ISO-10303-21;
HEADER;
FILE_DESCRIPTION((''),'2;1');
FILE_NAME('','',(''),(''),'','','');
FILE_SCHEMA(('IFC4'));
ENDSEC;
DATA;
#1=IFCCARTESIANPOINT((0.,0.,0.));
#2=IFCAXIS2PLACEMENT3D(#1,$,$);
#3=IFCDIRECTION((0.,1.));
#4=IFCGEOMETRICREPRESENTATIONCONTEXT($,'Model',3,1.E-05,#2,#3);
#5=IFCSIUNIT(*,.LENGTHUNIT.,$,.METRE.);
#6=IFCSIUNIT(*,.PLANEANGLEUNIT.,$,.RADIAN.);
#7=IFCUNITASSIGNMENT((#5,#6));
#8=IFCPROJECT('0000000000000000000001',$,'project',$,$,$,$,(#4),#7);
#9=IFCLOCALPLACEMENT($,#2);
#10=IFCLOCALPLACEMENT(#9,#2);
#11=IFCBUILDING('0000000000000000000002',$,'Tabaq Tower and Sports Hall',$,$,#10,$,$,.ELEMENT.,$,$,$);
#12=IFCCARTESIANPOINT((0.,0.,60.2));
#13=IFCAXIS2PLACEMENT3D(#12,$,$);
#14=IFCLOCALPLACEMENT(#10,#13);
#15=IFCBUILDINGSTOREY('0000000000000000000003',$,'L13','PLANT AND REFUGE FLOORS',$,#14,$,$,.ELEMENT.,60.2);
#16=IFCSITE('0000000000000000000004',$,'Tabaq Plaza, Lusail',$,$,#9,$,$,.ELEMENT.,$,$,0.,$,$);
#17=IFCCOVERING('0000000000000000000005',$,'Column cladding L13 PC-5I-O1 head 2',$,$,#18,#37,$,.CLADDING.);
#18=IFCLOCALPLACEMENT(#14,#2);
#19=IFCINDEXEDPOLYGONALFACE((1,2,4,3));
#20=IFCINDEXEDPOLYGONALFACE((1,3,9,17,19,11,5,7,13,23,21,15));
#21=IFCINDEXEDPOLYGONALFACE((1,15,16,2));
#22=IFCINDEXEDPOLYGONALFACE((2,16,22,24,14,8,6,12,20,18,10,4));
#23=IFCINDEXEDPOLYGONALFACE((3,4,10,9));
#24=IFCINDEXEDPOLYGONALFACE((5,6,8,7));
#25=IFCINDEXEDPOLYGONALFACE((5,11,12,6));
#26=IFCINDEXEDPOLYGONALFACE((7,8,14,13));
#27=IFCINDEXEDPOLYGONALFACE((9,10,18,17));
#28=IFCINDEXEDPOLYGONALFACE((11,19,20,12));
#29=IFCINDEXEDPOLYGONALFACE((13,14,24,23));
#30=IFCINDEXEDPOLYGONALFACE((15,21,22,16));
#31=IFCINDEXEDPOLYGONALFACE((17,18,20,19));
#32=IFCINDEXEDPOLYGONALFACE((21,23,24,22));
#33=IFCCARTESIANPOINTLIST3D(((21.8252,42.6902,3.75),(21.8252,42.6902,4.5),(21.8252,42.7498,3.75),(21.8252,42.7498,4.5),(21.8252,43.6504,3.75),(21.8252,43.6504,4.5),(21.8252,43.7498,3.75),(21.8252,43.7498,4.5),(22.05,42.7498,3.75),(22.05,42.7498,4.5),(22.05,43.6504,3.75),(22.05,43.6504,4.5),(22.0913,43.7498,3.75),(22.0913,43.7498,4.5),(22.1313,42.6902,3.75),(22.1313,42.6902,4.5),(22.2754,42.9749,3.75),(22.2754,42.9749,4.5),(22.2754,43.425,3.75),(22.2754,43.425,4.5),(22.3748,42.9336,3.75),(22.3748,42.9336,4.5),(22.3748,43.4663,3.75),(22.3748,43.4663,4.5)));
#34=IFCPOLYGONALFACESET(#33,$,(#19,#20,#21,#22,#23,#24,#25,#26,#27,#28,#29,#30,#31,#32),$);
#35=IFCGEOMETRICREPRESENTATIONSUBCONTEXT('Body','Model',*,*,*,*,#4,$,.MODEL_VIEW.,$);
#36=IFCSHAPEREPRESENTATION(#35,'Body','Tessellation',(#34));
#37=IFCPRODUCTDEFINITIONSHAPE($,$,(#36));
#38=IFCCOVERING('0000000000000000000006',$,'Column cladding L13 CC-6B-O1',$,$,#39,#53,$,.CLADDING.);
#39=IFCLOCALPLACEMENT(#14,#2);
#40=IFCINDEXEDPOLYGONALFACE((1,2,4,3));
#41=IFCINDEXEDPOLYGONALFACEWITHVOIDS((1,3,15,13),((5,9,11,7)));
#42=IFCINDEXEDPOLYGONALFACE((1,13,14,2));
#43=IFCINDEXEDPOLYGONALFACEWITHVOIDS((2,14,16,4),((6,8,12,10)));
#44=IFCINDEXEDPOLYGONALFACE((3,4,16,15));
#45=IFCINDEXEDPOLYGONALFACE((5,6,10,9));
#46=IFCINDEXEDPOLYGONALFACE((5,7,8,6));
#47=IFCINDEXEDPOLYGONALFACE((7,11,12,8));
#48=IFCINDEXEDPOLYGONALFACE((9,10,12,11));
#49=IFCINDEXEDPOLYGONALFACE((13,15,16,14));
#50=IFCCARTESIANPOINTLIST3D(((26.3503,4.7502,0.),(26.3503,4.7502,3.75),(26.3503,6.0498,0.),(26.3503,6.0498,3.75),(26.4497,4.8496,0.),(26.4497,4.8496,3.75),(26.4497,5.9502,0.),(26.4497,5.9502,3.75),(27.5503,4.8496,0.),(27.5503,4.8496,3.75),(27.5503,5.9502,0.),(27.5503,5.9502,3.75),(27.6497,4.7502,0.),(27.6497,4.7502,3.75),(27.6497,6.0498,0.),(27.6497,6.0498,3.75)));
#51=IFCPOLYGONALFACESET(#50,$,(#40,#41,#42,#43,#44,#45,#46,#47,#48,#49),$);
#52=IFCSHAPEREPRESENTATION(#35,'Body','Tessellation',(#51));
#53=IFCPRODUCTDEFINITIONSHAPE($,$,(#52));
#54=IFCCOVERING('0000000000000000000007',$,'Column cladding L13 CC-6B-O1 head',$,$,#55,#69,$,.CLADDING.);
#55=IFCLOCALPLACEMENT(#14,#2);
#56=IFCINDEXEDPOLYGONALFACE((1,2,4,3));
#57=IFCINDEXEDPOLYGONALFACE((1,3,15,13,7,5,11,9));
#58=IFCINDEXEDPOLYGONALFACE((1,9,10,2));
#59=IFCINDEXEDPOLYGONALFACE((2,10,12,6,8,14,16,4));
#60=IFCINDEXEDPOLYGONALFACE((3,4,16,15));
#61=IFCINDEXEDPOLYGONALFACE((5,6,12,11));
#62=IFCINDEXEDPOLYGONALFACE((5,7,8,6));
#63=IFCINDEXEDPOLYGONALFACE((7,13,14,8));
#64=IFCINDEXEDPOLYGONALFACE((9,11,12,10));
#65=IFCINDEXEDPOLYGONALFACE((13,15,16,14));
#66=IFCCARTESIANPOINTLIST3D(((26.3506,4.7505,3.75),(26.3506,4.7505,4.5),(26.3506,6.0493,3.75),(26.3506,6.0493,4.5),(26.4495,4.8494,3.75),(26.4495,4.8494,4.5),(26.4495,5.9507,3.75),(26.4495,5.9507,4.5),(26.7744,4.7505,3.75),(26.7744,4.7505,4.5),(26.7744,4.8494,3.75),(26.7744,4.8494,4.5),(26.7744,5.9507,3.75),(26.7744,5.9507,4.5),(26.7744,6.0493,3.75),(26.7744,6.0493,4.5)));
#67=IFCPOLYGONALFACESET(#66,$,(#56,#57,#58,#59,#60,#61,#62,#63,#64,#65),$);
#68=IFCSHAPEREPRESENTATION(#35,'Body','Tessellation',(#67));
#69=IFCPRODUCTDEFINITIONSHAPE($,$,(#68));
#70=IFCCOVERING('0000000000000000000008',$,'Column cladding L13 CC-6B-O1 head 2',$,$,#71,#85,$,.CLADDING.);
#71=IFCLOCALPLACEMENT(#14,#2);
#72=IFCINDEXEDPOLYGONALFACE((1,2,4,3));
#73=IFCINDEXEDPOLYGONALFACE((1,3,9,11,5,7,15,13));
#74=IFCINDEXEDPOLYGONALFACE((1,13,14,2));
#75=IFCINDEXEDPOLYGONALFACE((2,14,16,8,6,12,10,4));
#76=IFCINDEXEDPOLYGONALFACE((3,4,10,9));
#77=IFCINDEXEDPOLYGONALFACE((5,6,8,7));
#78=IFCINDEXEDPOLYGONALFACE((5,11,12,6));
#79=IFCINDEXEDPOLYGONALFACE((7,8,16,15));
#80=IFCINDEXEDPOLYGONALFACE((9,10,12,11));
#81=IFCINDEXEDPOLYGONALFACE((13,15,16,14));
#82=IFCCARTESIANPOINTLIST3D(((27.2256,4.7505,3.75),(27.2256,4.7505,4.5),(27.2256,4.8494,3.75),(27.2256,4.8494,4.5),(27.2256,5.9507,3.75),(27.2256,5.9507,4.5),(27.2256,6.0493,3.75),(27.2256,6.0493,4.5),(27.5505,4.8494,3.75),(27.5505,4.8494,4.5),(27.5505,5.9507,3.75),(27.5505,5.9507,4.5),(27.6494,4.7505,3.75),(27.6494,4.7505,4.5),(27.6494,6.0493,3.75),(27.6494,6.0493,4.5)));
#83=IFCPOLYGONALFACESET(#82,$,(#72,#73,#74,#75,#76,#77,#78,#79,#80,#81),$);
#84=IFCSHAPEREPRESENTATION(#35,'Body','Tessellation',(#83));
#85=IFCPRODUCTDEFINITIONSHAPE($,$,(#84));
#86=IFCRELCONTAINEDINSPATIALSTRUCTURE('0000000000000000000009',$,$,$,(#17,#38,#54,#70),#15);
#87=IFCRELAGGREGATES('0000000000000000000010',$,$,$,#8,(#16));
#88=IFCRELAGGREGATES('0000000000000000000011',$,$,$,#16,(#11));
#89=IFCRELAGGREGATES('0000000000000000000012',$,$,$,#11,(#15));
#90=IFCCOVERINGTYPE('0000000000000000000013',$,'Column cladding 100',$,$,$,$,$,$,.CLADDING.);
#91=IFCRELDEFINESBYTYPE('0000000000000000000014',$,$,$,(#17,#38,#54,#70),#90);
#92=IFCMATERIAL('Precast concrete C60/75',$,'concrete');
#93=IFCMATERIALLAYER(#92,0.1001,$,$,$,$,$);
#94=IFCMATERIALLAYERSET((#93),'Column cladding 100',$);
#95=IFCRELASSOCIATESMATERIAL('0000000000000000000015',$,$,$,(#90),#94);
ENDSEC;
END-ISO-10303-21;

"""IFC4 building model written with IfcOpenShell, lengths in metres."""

from ifc_helpers import new_model, si_unit, direction, frame, origin, place, context, subcontext, project, spatial, polyline, outline, extrude, material, layer, layer_set, type_object, element, save


model = new_model("IFC4")

# Units and contexts
model_context = context("Model", 3, precision=1e-05, world=origin(), true_north=direction((0.0, 1.0)))
body_context = subcontext(model_context, "Body", "Model", "MODEL_VIEW")
ifc_project = project(units=[si_unit("LENGTHUNIT", "METRE"), si_unit("PLANEANGLEUNIT", "RADIAN")], contexts=[model_context])

# Site, building, storey
site_placement = place(None, origin())
site = spatial("IfcSite", under=ifc_project, at=site_placement, Name="Tabaq Plaza, Lusail", CompositionType="ELEMENT", RefElevation=0.0)
building_placement = place(site_placement, origin())
building = spatial("IfcBuilding", under=site, at=building_placement, Name="Tabaq Tower and Sports Hall", CompositionType="ELEMENT")
storey_placement = place(building_placement, frame((0.0, 0.0, 60.2)))
storey = spatial("IfcBuildingStorey", under=building, at=storey_placement, Name="L13", Description="PLANT AND REFUGE FLOORS", CompositionType="ELEMENT", Elevation=60.2)

# Coverings
ifc_material_1 = material(Name="Precast concrete C60/75", Category="concrete")
ifc_layer_1 = layer(ifc_material_1, 0.1001)
ifc_layer_set_1 = layer_set([ifc_layer_1], Name="Column cladding 100")
covering_type = type_object("IfcCoveringType", Name="Column cladding 100", PredefinedType="CLADDING", material=ifc_layer_set_1)
covering_1_placement = place(storey_placement, frame((0.0, 0.0, 3.75)))
element("IfcCovering", 1, at=covering_1_placement, inside=storey, type_object=covering_type, Name="Column cladding L13 PC-5I-O1 head 2", PredefinedType="CLADDING", context=body_context, shape_type="SweptSolid", body=[
    extrude(outline(polyline([(22.0913, 43.7498), (22.3748, 43.4663), (22.3748, 42.9336), (22.1313, 42.6902), (21.8252, 42.6902), (21.8252, 42.7498), (22.05, 42.7498), (22.2754, 42.9749), (22.2754, 43.425), (22.05, 43.6504), (21.8252, 43.6504), (21.8252, 43.7498), (22.0913, 43.7498)])), origin(), (0.0, 0.0, 1.0), 0.75),
])
covering_2_placement = place(storey_placement, origin())
element("IfcCovering", 2, at=covering_2_placement, inside=storey, type_object=covering_type, Name="Column cladding L13 CC-6B-O1", PredefinedType="CLADDING", context=body_context, shape_type="SweptSolid", body=[
    extrude(outline(polyline([(26.3503, 6.0498), (27.6497, 6.0498), (27.6497, 4.7502), (26.3503, 4.7502), (26.3503, 6.0498)]), holes=[polyline([(27.5503, 4.8496), (27.5503, 5.9502), (26.4497, 5.9502), (26.4497, 4.8496), (27.5503, 4.8496)])]), origin(), (0.0, 0.0, 1.0), 3.75),
])
covering_3_placement = place(storey_placement, frame((0.0, 0.0, 3.75)))
element("IfcCovering", 3, at=covering_3_placement, inside=storey, type_object=covering_type, Name="Column cladding L13 CC-6B-O1 head", PredefinedType="CLADDING", context=body_context, shape_type="SweptSolid", body=[
    extrude(outline(polyline([(26.7744, 4.8494), (26.7744, 4.7505), (26.3506, 4.7505), (26.3506, 6.0493), (26.7744, 6.0493), (26.7744, 5.9507), (26.4495, 5.9507), (26.4495, 4.8494), (26.7744, 4.8494)])), origin(), (0.0, 0.0, 1.0), 0.75),
])
covering_4_placement = place(storey_placement, frame((0.0, 0.0, 3.75)))
element("IfcCovering", 4, at=covering_4_placement, inside=storey, type_object=covering_type, Name="Column cladding L13 CC-6B-O1 head 2", PredefinedType="CLADDING", context=body_context, shape_type="SweptSolid", body=[
    extrude(outline(polyline([(27.2256, 4.8494), (27.5505, 4.8494), (27.5505, 5.9507), (27.2256, 5.9507), (27.2256, 6.0493), (27.6494, 6.0493), (27.6494, 4.7505), (27.2256, 4.7505), (27.2256, 4.8494)])), origin(), (0.0, 0.0, 1.0), 0.75),
])

save(model, "model.ifc")
